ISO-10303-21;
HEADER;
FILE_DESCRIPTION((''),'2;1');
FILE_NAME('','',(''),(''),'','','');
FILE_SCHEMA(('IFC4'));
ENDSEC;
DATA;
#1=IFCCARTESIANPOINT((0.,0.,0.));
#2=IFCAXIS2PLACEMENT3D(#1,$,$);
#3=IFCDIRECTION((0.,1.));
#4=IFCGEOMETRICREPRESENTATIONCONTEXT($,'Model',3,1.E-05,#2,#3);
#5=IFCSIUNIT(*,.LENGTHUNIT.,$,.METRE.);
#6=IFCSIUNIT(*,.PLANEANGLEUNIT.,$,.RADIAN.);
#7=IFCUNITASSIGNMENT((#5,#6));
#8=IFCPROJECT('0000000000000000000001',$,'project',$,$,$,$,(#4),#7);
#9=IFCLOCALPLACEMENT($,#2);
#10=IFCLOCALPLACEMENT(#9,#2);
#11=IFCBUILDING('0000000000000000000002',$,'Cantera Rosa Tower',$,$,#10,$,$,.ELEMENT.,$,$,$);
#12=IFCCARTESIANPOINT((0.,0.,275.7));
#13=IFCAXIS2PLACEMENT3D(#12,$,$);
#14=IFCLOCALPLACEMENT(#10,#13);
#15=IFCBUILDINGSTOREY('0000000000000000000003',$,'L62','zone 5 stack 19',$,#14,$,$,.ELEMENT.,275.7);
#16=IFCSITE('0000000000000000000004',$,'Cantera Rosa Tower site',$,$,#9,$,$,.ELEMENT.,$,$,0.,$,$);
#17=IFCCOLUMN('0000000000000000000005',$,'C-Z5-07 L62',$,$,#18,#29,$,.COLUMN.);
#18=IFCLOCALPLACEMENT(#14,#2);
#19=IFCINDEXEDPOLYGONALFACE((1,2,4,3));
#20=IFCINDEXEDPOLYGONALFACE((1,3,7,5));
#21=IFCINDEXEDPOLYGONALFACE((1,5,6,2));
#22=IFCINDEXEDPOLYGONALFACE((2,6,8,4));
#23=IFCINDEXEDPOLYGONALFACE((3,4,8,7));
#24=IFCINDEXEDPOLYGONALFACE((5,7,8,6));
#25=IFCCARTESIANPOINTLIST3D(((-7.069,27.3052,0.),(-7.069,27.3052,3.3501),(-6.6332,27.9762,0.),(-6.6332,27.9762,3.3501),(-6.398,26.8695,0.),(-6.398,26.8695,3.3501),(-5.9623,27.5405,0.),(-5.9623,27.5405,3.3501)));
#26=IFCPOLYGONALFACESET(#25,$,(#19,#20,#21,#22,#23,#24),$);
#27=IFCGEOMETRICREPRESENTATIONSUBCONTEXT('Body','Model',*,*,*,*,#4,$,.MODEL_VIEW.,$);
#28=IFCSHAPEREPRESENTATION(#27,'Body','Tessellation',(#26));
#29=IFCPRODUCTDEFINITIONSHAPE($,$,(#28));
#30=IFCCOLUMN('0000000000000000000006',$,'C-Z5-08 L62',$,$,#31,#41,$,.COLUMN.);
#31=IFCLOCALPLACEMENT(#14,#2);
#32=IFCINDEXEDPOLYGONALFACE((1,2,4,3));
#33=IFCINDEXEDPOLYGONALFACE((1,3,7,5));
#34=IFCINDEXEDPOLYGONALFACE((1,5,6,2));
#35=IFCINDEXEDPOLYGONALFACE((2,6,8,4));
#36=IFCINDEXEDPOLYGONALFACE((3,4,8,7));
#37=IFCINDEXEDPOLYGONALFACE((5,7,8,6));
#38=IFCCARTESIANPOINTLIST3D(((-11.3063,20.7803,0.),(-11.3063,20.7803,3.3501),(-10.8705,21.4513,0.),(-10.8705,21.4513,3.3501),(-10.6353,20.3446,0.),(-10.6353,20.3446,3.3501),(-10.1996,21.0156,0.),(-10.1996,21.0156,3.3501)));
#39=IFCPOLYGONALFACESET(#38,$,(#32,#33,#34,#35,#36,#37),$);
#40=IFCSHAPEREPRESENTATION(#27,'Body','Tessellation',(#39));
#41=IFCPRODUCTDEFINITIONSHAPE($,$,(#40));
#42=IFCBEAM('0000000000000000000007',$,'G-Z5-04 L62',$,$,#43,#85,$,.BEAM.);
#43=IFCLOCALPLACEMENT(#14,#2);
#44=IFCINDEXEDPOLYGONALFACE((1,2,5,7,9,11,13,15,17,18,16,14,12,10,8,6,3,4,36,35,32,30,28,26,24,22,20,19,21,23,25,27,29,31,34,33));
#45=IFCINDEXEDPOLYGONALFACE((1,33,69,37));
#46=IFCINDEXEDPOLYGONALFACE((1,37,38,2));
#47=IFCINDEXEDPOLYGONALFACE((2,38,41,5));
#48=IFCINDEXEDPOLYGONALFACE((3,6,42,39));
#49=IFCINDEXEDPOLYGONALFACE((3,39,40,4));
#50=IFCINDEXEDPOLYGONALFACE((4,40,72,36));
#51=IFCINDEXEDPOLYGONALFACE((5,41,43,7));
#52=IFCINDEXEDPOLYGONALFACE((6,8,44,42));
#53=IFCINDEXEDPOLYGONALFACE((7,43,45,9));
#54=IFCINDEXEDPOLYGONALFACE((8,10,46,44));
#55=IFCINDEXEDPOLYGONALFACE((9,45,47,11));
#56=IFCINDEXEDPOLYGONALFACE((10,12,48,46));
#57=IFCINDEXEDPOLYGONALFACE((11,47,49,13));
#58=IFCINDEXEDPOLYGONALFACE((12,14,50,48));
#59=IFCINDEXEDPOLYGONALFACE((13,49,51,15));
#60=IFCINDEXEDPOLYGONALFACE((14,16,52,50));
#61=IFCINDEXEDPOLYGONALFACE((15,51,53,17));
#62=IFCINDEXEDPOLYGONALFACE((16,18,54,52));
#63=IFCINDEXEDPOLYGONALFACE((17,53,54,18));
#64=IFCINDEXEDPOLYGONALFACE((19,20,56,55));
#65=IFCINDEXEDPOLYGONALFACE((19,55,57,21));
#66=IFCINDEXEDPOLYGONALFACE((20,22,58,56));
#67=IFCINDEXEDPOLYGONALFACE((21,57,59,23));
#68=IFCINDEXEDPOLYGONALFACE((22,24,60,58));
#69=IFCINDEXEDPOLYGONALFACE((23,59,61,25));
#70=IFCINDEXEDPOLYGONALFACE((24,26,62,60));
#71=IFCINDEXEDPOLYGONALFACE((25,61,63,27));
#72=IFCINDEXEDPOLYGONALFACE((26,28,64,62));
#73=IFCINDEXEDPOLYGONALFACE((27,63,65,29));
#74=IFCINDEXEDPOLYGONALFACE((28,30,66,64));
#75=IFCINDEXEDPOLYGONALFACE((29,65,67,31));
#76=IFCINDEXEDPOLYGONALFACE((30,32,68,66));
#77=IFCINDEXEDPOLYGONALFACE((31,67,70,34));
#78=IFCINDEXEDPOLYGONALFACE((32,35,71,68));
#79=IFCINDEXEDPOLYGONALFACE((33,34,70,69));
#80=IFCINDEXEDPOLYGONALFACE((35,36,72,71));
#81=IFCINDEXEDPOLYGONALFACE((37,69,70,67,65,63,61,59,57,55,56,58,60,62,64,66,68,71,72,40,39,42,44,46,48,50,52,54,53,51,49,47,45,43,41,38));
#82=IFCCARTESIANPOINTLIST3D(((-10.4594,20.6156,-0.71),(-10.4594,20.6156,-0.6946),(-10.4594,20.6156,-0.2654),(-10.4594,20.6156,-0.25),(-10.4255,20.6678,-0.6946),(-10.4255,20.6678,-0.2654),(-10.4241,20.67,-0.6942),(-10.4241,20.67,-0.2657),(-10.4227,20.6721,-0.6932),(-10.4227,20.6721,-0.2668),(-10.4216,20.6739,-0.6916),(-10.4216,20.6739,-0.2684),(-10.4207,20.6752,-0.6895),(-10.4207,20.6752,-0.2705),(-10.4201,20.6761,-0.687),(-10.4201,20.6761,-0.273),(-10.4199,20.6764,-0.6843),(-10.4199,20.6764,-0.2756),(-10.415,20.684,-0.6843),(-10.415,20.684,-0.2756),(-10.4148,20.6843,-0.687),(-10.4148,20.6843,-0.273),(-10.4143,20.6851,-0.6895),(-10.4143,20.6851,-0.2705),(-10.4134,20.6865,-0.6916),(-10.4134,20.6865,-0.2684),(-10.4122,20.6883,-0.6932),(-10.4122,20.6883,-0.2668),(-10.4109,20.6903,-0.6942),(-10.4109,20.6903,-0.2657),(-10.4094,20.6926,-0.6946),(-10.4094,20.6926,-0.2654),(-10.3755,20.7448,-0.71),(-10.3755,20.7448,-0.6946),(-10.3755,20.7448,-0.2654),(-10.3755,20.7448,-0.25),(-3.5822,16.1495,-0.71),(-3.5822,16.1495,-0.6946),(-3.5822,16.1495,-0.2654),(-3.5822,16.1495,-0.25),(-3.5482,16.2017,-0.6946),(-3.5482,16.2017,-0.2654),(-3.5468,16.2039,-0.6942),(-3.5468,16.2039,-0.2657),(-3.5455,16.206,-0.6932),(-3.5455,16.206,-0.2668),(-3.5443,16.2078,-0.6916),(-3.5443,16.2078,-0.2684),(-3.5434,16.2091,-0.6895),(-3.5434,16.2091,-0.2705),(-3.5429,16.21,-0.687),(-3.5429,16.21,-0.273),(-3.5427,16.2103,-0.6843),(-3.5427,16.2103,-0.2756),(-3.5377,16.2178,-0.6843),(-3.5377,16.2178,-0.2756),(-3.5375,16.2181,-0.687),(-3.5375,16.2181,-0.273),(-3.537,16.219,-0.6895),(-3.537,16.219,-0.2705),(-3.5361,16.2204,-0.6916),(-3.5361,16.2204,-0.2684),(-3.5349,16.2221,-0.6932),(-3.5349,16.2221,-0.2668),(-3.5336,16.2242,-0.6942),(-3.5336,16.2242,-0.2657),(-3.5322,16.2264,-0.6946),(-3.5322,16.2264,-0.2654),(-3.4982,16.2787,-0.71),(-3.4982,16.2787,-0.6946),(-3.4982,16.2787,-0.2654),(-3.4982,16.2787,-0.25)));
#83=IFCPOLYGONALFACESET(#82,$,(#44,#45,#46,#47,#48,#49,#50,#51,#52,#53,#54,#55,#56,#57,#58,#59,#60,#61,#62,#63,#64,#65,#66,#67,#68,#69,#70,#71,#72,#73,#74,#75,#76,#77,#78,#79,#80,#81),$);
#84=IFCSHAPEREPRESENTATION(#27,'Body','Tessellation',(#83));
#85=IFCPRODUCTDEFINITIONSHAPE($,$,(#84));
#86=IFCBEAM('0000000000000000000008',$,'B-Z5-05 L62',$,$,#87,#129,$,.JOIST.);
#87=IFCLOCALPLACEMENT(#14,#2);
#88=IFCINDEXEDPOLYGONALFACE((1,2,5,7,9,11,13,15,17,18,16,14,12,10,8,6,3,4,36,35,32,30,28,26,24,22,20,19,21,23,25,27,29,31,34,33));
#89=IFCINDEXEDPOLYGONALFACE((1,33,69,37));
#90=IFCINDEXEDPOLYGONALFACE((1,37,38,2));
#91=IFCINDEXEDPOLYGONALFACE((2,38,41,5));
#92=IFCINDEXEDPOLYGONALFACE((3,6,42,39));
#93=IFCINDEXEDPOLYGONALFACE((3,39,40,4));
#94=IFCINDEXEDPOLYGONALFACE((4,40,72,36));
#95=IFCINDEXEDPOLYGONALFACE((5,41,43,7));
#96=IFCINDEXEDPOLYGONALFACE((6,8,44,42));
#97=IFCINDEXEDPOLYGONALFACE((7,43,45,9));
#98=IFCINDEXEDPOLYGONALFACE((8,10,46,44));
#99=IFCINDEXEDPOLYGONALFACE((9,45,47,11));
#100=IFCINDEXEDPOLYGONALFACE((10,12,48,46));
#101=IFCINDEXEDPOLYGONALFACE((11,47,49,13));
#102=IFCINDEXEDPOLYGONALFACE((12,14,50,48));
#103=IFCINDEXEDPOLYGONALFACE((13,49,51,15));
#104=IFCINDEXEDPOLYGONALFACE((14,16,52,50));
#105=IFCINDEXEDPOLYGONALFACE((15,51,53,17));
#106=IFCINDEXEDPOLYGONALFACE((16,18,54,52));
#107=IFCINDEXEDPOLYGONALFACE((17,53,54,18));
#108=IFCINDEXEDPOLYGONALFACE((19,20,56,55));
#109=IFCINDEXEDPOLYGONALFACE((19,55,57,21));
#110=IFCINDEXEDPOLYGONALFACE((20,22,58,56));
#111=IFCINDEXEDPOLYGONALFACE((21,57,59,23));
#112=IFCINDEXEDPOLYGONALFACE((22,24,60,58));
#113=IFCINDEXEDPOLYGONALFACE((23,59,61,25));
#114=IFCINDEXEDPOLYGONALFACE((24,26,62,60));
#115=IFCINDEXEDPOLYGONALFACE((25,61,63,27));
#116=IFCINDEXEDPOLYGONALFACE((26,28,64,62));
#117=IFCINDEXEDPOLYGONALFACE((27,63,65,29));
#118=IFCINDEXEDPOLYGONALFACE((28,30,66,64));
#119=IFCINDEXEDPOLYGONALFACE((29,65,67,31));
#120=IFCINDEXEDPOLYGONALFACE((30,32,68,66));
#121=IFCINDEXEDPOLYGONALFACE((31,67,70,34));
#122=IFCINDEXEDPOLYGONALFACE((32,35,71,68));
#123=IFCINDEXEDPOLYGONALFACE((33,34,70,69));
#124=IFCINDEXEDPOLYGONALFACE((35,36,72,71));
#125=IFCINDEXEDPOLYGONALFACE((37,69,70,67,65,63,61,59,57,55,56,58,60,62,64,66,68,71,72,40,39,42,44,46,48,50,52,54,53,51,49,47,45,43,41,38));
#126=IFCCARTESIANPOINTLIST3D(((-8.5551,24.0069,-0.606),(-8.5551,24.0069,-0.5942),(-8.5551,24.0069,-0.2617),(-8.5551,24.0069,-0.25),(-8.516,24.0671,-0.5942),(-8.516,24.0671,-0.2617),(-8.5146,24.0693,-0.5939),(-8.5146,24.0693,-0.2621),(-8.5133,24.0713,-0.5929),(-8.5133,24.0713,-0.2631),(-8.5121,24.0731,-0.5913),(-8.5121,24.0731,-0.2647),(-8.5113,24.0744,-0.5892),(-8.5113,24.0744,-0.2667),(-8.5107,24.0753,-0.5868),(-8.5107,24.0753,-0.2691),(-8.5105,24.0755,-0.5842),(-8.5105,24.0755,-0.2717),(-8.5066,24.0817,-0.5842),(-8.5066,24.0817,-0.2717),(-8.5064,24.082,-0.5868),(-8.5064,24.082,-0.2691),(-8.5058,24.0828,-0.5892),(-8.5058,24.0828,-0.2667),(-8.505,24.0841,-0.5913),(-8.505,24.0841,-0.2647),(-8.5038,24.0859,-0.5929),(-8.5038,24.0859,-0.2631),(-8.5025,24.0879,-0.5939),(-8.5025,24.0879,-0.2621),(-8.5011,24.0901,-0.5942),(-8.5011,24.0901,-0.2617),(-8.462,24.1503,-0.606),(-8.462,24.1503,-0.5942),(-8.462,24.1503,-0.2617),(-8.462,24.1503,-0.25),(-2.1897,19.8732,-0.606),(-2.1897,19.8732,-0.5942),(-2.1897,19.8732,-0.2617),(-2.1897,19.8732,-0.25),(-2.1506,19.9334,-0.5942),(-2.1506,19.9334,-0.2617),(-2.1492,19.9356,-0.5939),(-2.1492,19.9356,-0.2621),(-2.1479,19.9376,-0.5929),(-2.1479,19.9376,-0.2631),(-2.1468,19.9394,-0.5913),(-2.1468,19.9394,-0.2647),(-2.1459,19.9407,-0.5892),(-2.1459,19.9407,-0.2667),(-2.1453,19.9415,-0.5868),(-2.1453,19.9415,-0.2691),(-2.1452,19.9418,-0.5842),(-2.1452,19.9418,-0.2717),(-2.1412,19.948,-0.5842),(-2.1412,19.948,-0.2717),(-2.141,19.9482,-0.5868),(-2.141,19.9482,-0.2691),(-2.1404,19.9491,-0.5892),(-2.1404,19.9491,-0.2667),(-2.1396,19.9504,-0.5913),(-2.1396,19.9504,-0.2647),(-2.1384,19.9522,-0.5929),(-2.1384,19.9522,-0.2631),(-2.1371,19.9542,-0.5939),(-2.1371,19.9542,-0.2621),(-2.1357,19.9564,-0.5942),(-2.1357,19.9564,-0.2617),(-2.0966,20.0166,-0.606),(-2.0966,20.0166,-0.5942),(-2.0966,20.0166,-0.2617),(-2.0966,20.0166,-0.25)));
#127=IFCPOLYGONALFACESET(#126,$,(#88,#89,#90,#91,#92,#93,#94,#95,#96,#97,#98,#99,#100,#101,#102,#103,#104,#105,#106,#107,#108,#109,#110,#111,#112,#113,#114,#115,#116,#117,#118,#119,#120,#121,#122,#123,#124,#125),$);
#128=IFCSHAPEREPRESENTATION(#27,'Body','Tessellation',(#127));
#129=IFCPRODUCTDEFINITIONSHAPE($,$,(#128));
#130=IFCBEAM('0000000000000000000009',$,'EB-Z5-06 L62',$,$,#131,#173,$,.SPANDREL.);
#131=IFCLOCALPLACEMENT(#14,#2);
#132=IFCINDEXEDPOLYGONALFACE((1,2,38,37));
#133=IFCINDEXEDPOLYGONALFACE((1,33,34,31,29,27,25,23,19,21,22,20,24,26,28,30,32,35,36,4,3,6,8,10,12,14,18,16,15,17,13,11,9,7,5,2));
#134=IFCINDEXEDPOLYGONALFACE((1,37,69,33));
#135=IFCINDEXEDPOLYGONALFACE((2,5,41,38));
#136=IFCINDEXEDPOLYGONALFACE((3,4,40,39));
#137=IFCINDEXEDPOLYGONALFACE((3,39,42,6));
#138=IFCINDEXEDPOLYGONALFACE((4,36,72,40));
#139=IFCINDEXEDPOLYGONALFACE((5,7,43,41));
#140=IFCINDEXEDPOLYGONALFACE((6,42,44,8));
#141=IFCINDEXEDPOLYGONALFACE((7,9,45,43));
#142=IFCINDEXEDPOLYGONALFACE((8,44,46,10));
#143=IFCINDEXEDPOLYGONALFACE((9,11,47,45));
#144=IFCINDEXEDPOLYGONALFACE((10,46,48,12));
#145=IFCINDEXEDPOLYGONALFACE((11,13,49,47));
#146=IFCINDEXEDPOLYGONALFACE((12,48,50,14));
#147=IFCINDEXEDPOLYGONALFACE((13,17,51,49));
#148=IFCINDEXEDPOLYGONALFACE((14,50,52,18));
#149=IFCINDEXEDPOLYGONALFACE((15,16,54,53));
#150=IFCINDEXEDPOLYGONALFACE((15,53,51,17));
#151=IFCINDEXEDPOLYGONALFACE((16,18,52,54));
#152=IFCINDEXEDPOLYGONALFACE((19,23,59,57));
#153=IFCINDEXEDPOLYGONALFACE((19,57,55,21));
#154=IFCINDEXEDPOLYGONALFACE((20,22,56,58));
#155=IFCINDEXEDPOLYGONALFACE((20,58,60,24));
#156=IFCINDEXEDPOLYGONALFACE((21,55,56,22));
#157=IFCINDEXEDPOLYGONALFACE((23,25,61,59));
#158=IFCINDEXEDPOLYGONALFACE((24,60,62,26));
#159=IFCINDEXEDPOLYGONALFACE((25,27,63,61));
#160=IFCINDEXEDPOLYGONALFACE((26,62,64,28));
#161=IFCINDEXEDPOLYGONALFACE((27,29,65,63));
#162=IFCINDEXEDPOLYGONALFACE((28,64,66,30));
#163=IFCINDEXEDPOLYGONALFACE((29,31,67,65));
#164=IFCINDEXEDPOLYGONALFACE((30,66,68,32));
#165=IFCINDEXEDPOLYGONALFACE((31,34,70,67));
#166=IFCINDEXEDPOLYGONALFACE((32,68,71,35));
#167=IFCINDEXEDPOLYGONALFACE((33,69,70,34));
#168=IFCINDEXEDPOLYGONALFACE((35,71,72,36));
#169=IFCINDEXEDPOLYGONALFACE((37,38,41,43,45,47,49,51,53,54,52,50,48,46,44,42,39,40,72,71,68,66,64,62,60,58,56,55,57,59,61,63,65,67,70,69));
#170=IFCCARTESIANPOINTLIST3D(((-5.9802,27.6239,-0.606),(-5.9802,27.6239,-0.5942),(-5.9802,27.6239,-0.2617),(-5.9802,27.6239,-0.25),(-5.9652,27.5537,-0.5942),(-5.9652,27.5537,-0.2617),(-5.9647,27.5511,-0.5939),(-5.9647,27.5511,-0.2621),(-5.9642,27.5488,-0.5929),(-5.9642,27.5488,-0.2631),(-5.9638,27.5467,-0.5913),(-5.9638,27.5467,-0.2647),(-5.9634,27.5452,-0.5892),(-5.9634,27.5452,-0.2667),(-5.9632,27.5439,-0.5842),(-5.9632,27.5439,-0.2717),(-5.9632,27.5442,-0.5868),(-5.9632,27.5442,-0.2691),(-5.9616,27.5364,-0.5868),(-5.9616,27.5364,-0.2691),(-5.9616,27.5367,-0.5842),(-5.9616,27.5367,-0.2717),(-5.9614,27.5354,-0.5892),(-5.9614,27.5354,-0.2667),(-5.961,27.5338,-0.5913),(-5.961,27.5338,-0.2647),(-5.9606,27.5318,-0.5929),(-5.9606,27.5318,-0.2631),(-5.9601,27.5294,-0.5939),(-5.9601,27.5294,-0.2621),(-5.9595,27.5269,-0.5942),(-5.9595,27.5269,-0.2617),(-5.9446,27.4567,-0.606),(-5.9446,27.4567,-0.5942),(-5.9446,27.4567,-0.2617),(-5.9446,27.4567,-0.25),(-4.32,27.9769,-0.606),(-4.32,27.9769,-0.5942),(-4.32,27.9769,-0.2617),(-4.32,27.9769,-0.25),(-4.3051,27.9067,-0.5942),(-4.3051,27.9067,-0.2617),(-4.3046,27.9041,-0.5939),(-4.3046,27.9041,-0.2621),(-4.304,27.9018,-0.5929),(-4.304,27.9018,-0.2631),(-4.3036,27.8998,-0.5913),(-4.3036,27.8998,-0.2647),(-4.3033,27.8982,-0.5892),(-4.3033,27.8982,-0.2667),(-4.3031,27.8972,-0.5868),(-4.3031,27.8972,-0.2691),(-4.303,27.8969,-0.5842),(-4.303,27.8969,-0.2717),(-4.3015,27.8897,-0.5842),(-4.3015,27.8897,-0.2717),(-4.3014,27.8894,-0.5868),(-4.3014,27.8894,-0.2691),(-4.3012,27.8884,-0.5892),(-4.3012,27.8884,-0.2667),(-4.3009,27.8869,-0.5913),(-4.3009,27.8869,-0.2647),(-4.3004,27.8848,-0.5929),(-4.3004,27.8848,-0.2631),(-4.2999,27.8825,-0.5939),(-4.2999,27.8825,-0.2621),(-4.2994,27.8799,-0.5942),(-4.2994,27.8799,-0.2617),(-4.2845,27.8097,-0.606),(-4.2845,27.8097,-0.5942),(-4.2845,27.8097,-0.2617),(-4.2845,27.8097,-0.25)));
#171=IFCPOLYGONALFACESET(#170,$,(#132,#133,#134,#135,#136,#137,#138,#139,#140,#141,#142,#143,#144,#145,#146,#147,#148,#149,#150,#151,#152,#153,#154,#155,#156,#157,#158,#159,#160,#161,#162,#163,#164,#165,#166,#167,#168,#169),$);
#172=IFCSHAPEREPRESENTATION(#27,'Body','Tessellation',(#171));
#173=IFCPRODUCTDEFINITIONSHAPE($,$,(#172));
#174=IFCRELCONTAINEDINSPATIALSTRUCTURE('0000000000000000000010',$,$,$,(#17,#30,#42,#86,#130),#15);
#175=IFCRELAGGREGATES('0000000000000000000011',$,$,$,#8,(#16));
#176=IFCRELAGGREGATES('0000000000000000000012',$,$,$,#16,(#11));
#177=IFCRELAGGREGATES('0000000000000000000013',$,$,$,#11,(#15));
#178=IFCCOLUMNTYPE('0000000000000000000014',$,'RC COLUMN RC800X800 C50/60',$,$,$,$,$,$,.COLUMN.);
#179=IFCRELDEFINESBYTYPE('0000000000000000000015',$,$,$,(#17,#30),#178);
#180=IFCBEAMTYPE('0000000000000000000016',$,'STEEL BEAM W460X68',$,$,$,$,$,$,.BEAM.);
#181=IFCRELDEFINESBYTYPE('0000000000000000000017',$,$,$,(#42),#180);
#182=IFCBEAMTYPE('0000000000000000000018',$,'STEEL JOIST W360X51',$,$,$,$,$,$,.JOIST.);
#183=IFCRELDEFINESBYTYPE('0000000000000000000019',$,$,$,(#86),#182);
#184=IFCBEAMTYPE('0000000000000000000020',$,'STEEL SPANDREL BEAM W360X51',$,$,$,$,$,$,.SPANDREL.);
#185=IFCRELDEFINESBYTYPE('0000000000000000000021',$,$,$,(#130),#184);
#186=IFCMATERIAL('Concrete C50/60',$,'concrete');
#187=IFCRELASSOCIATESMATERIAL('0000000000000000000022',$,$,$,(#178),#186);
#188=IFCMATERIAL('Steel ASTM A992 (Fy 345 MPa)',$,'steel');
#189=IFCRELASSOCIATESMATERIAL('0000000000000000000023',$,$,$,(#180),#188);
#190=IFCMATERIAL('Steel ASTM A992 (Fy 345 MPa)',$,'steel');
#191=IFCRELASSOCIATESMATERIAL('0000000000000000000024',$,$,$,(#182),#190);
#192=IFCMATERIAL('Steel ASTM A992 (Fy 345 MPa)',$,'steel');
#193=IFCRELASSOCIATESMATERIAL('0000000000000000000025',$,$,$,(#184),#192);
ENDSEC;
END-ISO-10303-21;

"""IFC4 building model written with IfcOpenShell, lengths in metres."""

from ifc_helpers import new_model, si_unit, direction, frame, origin, origin_2d, place, context, subcontext, project, spatial, rectangle, i_section, extrude, material, material_profile, profile_set, type_object, element, save


model = new_model("IFC4")

# Units and contexts
model_context = context("Model", 3, precision=1e-05, world=origin(), true_north=direction((0.0, 1.0)))
body_context = subcontext(model_context, "Body", "Model", "MODEL_VIEW")
ifc_project = project(units=[si_unit("LENGTHUNIT", "METRE"), si_unit("PLANEANGLEUNIT", "RADIAN")], contexts=[model_context])

# Site, building, storey
site_placement = place(None, origin())
site = spatial("IfcSite", under=ifc_project, at=site_placement, Name="Cantera Rosa Tower site", CompositionType="ELEMENT", RefElevation=0.0)
building_placement = place(site_placement, origin())
building = spatial("IfcBuilding", under=site, at=building_placement, Name="Cantera Rosa Tower", CompositionType="ELEMENT")
storey_placement = place(building_placement, frame((0.0, 0.0, 275.7)))
storey = spatial("IfcBuildingStorey", under=building, at=storey_placement, Name="L62", Description="zone 5 stack 19", CompositionType="ELEMENT", Elevation=275.7)

# Columns
ifc_material_1 = material(Name="Concrete C50/60", Category="concrete")
ifc_material_profile_1 = material_profile(ifc_material_1, rectangle(XDim=0.8, YDim=0.8, at=origin_2d()), Name="RC COLUMN RC800X800 C50/60")
ifc_profile_set_1 = profile_set([ifc_material_profile_1], Name="Concrete C50/60")
column_type = type_object("IfcColumnType", Name="RC COLUMN RC800X800 C50/60", PredefinedType="COLUMN", material=ifc_profile_set_1)
for number, where, z_axis, x_axis, name in (
    (1, (-6.5156, 27.4229, 0.0), (0.0, 0.0, 1.0), (0.544639, 0.838671, 0.0), "C-Z5-07 L62"),
    (2, (-10.7529, 20.8979, 0.0), (0.0, 0.0, 1.0), (0.544639, 0.838671, 0.0), "C-Z5-08 L62"),
):
    element("IfcColumn", number, at=place(storey_placement, frame(where, z_axis=z_axis, x_axis=x_axis)), inside=storey, type_object=column_type, Name=name, PredefinedType="COLUMN", context=body_context, shape_type="SweptSolid", body=[
        extrude(rectangle(XDim=0.8, YDim=0.8, at=origin_2d()), origin(), (0.0, 0.0, 1.0), 3.3501),
    ])

# Beams
ifc_material_2 = material(Name="Steel ASTM A992 (Fy 345 MPa)", Category="steel")
ifc_material_profile_2 = material_profile(ifc_material_2, i_section(OverallWidth=0.1541, OverallDepth=0.46, WebThickness=0.009, FlangeThickness=0.0154, FilletRadius=0.0103, at=origin_2d()), Name="W460X68")
ifc_profile_set_2 = profile_set([ifc_material_profile_2], Name="Steel ASTM A992 (Fy 345 MPa)")
beam_type_1 = type_object("IfcBeamType", Name="STEEL BEAM W460X68", PredefinedType="BEAM", material=ifc_profile_set_2)
beam_1_placement = place(storey_placement, frame((-10.4175, 20.6802, -0.48), z_axis=(0.838673, -0.544636, 0.0), x_axis=(0.544636, 0.838673, 0.0)))
element("IfcBeam", 3, at=beam_1_placement, inside=storey, type_object=beam_type_1, Name="G-Z5-04 L62", PredefinedType="BEAM", context=body_context, shape_type="SweptSolid", body=[
    extrude(i_section(OverallWidth=0.1541, OverallDepth=0.46, WebThickness=0.009, FlangeThickness=0.0154, FilletRadius=0.0103, at=origin_2d()), origin(), (0.0, 0.0, 1.0), 8.2002),
])
ifc_material_3 = material(Name="Steel ASTM A992 (Fy 345 MPa)", Category="steel")
ifc_material_profile_3 = material_profile(ifc_material_3, i_section(OverallWidth=0.1709, OverallDepth=0.356, WebThickness=0.0073, FlangeThickness=0.0117, FilletRadius=0.01, at=origin_2d()), Name="W360X51")
ifc_profile_set_3 = profile_set([ifc_material_profile_3], Name="Steel ASTM A992 (Fy 345 MPa)")
beam_type_2 = type_object("IfcBeamType", Name="STEEL JOIST W360X51", PredefinedType="JOIST", material=ifc_profile_set_3)
beam_2_placement = place(storey_placement, frame((-8.5085, 24.0786, -0.428), z_axis=(0.838671, -0.544639, 0.0), x_axis=(0.544639, 0.838671, 0.0)))
element("IfcBeam", 4, at=beam_2_placement, inside=storey, type_object=beam_type_2, Name="B-Z5-05 L62", PredefinedType="JOIST", context=body_context, shape_type="SweptSolid", body=[
    extrude(i_section(OverallWidth=0.1709, OverallDepth=0.356, WebThickness=0.0073, FlangeThickness=0.0117, FilletRadius=0.01, at=origin_2d()), origin(), (0.0, 0.0, 1.0), 7.5898),
])
ifc_material_4 = material(Name="Steel ASTM A992 (Fy 345 MPa)", Category="steel")
ifc_material_profile_4 = material_profile(ifc_material_4, i_section(OverallWidth=0.1709, OverallDepth=0.356, WebThickness=0.0073, FlangeThickness=0.0117, FilletRadius=0.01, at=origin_2d()), Name="W360X51")
ifc_profile_set_4 = profile_set([ifc_material_profile_4], Name="Steel ASTM A992 (Fy 345 MPa)")
beam_type_3 = type_object("IfcBeamType", Name="STEEL SPANDREL BEAM W360X51", PredefinedType="SPANDREL", material=ifc_profile_set_4)
beam_3_placement = place(storey_placement, frame((-4.3022, 27.8933, -0.428), z_axis=(-0.97813, -0.207996, 0.0), x_axis=(0.207996, -0.97813, 0.0)))
element("IfcBeam", 5, at=beam_3_placement, inside=storey, type_object=beam_type_3, Name="EB-Z5-06 L62", PredefinedType="SPANDREL", context=body_context, shape_type="SweptSolid", body=[
    extrude(i_section(OverallWidth=0.1709, OverallDepth=0.356, WebThickness=0.0073, FlangeThickness=0.0117, FilletRadius=0.01, at=origin_2d()), origin(), (0.0, 0.0, 1.0), 1.6973),
])

save(model, "model.ifc")
